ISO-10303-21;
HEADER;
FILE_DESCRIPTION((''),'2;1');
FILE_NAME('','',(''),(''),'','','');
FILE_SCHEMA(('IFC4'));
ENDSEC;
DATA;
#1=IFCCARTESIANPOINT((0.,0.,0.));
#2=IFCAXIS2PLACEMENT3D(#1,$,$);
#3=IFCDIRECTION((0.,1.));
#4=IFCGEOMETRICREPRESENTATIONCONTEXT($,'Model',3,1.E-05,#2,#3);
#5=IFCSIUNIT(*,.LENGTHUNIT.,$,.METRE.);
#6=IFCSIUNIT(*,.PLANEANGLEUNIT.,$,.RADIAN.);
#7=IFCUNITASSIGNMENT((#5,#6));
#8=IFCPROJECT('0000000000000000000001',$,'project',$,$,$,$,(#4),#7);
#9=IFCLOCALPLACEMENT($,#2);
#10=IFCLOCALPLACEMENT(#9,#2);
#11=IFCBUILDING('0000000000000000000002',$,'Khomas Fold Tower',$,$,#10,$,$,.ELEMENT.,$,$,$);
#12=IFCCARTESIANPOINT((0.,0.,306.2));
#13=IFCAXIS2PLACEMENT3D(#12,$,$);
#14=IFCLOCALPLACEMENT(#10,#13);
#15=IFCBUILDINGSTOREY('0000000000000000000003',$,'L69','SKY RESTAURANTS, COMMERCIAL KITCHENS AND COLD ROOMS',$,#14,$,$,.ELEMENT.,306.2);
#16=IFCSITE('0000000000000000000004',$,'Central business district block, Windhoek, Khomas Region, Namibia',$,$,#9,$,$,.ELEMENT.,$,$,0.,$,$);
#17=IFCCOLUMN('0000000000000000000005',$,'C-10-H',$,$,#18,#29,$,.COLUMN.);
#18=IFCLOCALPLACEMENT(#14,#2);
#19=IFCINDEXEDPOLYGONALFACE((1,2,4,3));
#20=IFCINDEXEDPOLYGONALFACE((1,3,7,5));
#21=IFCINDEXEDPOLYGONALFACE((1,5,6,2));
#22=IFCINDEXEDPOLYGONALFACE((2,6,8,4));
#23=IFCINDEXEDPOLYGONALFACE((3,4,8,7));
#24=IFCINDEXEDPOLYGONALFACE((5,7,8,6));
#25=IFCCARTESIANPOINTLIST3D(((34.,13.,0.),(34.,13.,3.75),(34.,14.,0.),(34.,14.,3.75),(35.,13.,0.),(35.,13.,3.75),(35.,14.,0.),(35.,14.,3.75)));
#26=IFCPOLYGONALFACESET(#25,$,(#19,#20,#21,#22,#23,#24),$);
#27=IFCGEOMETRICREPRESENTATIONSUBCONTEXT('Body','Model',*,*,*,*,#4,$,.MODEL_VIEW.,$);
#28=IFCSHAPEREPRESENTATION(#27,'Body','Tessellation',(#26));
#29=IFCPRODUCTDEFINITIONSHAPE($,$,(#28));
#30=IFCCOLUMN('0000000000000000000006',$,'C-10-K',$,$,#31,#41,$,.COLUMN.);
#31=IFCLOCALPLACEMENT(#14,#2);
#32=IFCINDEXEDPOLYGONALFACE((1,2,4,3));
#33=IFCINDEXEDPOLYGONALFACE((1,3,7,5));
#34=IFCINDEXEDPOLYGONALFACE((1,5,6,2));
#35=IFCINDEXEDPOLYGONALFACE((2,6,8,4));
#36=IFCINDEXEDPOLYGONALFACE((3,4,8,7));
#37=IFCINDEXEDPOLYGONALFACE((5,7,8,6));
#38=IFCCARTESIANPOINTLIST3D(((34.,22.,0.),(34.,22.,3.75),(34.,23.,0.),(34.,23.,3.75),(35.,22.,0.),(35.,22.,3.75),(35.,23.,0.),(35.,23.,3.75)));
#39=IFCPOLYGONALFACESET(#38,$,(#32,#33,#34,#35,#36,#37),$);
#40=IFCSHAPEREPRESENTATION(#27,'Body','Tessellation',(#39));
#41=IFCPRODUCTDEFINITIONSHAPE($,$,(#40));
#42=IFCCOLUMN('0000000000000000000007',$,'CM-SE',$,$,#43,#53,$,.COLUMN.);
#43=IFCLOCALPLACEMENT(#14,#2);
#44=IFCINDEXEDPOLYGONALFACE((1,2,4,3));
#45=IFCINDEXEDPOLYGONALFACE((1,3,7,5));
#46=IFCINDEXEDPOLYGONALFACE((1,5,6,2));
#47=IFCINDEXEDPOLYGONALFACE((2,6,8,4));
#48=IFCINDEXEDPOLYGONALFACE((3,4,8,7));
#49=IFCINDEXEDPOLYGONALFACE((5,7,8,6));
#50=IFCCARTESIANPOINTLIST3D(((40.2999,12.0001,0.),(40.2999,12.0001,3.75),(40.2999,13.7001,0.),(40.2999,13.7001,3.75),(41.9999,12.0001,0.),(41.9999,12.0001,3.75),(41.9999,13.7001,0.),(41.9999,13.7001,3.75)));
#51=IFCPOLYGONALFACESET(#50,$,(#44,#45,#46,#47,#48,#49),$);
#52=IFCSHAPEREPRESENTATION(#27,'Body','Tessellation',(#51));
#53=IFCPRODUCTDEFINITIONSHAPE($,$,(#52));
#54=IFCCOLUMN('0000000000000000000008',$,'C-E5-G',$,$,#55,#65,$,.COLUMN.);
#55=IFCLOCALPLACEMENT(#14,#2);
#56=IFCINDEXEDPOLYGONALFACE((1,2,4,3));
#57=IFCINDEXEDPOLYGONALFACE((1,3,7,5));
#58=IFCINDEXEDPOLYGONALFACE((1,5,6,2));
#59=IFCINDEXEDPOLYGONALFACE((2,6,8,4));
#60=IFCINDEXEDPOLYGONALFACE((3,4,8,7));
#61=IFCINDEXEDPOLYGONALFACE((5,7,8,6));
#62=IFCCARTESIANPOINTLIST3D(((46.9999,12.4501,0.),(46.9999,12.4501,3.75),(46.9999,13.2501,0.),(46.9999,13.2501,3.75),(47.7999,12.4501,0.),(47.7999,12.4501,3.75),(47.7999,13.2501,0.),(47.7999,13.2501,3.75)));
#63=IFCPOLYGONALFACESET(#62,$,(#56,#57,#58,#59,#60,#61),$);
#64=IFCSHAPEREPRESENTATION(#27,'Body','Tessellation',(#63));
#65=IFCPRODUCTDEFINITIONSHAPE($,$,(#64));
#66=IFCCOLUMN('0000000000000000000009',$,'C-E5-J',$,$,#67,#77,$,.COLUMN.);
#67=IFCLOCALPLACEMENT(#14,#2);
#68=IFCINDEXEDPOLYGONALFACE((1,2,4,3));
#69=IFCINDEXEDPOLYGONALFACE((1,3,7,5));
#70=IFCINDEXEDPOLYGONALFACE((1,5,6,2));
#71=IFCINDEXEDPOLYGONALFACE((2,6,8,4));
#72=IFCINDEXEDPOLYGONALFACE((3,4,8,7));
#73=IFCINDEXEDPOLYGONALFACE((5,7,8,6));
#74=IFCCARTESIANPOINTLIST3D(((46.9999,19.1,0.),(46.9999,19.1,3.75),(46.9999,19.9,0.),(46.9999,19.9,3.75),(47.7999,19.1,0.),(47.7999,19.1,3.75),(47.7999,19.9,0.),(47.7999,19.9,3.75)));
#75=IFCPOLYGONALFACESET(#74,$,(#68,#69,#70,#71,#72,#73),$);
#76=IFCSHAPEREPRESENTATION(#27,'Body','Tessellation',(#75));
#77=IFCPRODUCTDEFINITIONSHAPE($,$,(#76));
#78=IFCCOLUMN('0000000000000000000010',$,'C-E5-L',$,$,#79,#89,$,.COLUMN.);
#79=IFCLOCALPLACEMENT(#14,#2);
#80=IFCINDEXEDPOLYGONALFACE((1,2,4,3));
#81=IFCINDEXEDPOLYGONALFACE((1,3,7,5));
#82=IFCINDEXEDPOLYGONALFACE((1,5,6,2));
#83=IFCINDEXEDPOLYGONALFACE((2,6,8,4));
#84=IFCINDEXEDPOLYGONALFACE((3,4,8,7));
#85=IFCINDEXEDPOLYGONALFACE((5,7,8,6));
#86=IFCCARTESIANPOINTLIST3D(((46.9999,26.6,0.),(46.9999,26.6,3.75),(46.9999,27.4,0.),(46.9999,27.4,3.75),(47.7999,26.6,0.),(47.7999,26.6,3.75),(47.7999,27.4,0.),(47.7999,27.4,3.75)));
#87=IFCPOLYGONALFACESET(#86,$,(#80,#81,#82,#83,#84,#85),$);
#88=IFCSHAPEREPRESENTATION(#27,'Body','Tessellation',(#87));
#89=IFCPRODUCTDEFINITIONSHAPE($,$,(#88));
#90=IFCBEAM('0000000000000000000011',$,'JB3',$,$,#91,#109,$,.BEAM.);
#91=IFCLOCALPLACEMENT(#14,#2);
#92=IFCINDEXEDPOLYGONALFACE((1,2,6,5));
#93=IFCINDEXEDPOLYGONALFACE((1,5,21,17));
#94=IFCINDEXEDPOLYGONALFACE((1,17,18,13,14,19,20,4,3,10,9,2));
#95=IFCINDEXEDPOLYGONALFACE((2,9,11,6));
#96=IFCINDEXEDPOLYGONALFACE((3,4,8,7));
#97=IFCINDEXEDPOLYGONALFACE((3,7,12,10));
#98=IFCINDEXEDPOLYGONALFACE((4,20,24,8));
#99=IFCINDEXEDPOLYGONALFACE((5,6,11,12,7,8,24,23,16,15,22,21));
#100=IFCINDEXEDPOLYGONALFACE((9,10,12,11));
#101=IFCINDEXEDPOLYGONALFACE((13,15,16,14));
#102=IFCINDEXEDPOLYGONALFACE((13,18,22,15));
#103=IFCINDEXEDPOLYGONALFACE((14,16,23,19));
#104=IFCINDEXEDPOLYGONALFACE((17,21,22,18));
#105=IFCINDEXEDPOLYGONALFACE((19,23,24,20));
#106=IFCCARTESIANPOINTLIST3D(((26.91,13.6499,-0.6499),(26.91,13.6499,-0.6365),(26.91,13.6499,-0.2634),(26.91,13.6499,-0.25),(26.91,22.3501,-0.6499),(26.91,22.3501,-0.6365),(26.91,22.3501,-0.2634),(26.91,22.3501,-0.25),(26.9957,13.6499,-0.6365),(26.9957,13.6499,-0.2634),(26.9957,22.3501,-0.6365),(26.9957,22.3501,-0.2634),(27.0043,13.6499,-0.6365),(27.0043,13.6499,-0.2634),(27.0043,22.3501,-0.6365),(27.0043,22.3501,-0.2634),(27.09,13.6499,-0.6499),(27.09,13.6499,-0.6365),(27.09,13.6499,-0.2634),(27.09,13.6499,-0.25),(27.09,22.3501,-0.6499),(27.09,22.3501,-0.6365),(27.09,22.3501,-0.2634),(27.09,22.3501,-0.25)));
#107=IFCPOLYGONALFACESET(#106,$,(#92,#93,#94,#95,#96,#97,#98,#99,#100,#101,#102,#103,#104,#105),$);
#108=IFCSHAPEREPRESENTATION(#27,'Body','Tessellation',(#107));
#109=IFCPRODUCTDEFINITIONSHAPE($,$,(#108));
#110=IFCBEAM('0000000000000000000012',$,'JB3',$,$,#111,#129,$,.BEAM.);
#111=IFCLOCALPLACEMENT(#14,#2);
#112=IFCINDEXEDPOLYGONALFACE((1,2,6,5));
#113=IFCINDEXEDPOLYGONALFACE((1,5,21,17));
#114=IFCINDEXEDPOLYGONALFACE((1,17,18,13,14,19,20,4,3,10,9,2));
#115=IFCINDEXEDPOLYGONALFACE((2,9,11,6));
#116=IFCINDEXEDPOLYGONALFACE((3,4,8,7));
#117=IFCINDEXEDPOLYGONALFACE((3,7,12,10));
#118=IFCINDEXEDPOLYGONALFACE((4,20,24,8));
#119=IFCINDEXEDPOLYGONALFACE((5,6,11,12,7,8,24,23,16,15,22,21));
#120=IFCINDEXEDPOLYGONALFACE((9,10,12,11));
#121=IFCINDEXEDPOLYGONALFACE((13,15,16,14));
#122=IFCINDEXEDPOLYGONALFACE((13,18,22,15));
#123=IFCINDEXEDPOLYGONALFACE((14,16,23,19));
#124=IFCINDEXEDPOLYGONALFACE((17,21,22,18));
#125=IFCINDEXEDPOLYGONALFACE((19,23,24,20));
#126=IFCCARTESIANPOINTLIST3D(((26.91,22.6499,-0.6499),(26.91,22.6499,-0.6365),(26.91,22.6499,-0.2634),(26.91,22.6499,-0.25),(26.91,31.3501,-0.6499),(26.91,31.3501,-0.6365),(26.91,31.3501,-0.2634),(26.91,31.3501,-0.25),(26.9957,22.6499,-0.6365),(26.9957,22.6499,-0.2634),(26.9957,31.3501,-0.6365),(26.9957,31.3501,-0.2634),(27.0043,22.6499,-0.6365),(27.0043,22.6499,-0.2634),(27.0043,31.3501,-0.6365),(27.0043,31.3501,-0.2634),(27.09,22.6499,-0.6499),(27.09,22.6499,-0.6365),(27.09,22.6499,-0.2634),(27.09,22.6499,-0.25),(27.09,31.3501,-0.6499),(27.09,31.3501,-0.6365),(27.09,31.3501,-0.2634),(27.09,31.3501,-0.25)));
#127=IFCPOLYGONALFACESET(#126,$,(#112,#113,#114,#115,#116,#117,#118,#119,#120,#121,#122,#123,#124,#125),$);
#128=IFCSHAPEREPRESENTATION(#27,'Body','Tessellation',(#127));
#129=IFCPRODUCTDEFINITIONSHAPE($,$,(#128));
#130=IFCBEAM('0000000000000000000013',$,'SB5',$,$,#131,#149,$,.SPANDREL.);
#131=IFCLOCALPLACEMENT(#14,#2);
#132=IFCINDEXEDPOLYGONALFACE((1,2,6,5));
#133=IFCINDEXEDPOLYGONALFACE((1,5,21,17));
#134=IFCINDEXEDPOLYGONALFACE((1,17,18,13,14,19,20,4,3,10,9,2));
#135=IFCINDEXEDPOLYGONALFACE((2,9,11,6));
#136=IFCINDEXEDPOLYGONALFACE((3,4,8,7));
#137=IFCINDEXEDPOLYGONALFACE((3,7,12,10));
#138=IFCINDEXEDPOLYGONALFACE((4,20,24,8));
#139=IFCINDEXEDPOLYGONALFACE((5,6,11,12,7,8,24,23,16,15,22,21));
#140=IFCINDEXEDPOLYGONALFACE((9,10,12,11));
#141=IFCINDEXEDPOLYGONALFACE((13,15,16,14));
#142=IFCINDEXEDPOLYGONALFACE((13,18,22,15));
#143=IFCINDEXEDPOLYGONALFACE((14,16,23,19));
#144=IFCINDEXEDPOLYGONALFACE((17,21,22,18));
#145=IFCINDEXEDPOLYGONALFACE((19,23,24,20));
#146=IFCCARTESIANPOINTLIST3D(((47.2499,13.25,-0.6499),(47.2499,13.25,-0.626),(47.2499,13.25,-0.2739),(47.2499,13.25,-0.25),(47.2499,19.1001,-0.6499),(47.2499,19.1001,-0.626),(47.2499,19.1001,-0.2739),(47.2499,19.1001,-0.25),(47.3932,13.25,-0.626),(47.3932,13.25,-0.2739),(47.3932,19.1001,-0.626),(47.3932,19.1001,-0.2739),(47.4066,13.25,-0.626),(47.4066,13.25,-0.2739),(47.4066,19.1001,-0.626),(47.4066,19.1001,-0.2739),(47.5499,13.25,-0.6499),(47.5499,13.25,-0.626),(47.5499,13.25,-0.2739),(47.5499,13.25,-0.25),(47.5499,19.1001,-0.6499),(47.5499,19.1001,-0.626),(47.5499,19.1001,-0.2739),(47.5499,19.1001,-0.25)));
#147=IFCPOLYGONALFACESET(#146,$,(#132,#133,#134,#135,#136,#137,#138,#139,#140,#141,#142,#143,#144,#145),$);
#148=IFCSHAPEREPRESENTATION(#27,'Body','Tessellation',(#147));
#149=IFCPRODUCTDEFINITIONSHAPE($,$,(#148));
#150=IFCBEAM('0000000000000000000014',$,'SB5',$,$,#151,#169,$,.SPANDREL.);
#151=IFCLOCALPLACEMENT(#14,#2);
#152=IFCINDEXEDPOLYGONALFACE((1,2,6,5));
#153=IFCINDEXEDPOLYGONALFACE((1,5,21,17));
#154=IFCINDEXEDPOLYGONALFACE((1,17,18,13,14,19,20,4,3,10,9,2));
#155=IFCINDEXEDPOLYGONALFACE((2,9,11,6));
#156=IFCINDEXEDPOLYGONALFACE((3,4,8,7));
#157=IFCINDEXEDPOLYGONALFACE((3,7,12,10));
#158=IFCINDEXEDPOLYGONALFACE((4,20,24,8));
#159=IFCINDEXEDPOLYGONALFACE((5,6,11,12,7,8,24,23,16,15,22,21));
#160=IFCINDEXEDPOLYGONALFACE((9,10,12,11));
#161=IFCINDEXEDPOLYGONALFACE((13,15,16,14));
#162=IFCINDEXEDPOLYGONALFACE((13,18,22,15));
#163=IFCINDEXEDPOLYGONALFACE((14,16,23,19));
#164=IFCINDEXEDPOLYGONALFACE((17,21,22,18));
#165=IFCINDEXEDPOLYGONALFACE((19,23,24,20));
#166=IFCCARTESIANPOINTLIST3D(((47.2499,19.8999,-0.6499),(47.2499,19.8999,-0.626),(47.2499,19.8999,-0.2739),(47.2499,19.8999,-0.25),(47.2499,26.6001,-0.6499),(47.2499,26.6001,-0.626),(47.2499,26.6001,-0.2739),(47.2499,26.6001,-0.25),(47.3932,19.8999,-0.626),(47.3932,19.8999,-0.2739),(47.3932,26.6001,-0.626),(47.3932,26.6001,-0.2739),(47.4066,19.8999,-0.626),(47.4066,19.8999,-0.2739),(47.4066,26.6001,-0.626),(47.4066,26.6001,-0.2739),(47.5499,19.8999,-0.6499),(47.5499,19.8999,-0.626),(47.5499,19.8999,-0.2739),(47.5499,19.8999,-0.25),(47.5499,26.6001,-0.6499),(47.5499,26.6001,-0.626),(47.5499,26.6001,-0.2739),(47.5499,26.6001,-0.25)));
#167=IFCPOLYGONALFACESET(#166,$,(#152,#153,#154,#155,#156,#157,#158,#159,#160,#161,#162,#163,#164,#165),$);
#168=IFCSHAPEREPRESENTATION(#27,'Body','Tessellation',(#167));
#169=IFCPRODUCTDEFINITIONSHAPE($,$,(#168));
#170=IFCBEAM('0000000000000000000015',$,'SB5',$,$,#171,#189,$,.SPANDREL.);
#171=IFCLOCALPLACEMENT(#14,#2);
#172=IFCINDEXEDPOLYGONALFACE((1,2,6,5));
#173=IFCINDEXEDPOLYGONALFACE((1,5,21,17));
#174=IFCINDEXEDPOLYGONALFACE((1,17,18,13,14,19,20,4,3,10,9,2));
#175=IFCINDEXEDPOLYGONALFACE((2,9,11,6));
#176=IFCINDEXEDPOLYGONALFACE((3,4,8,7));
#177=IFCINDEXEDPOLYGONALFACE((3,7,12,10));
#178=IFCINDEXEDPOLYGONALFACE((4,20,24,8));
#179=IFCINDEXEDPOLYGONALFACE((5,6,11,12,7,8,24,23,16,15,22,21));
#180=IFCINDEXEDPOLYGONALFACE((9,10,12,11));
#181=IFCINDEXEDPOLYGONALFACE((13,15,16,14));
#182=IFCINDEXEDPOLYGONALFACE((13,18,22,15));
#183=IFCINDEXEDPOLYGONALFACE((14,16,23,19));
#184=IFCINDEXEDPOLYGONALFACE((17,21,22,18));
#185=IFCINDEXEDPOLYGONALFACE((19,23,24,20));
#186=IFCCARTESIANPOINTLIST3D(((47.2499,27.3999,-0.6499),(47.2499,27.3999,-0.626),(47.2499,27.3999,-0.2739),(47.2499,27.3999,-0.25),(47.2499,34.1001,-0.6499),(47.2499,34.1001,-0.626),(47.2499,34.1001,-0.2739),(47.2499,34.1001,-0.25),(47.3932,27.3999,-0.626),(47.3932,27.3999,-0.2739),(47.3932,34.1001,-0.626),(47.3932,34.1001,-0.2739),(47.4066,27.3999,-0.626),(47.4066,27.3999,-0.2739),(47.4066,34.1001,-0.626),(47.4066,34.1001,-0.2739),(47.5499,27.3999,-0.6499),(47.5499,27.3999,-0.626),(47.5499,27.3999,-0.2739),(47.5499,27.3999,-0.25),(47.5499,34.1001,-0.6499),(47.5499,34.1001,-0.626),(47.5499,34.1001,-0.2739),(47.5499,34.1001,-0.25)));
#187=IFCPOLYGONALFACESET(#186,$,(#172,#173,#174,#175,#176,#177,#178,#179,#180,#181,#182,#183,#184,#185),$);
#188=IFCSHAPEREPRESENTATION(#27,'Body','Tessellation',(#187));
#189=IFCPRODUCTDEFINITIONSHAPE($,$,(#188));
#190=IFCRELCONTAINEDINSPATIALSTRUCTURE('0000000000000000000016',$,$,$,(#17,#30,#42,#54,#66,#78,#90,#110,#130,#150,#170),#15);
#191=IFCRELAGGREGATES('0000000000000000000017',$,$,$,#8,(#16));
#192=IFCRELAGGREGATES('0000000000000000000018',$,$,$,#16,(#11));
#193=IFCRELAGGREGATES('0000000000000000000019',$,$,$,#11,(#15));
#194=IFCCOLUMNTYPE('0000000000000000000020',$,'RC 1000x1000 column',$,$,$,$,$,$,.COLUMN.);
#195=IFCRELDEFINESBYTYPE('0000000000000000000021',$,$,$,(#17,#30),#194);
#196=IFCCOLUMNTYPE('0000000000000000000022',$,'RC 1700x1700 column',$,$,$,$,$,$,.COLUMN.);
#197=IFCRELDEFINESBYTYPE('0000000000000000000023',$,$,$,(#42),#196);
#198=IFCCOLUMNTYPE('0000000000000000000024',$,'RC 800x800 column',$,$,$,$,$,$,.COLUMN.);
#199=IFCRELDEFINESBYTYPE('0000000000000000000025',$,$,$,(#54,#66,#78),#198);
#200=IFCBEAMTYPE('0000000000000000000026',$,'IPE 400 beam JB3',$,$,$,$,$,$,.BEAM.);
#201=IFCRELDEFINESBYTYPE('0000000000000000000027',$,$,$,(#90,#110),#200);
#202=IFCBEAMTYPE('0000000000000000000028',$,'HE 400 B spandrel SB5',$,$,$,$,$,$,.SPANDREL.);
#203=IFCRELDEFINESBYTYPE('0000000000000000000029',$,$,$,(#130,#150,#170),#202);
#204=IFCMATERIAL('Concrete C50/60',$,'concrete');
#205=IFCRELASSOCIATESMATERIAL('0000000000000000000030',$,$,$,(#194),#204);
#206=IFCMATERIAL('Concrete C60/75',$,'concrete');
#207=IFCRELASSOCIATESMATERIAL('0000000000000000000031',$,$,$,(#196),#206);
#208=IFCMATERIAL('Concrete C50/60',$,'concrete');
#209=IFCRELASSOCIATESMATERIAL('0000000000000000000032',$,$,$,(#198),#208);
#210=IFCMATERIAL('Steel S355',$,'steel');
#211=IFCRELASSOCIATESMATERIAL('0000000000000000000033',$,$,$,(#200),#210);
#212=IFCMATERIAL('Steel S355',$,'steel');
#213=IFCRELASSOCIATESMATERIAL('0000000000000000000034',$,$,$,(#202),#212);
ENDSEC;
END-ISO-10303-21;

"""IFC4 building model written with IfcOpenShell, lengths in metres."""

from ifc_helpers import new_model, si_unit, direction, frame, origin, origin_2d, place, context, subcontext, project, spatial, rectangle, i_section, extrude, source, transform, mapped, material, material_profile, profile_set, type_object, element, save


model = new_model("IFC4")

# Units and contexts
model_context = context("Model", 3, precision=1e-05, world=origin(), true_north=direction((0.0, 1.0)))
body_context = subcontext(model_context, "Body", "Model", "MODEL_VIEW")
ifc_project = project(units=[si_unit("LENGTHUNIT", "METRE"), si_unit("PLANEANGLEUNIT", "RADIAN")], contexts=[model_context])

# Site, building, storey
site_placement = place(None, origin())
site = spatial("IfcSite", under=ifc_project, at=site_placement, Name="Central business district block, Windhoek, Khomas Region, Namibia", CompositionType="ELEMENT", RefElevation=0.0)
building_placement = place(site_placement, origin())
building = spatial("IfcBuilding", under=site, at=building_placement, Name="Khomas Fold Tower", CompositionType="ELEMENT")
storey_placement = place(building_placement, frame((0.0, 0.0, 306.2)))
storey = spatial("IfcBuildingStorey", under=building, at=storey_placement, Name="L69", Description="SKY RESTAURANTS, COMMERCIAL KITCHENS AND COLD ROOMS", CompositionType="ELEMENT", Elevation=306.2)

# Columns
ifc_material_1 = material(Name="Concrete C50/60", Category="concrete")
ifc_material_profile_1 = material_profile(ifc_material_1, rectangle(XDim=1.0, YDim=1.0, at=origin_2d()), Name="RC 1000x1000")
ifc_profile_set_1 = profile_set([ifc_material_profile_1], Name="Concrete C50/60")
column_type_1 = type_object("IfcColumnType", Name="RC 1000x1000 column", PredefinedType="COLUMN", material=ifc_profile_set_1)
shared_shape_1 = source(origin(), body_context, "Body", "SweptSolid", [
    extrude(rectangle(XDim=1.0, YDim=1.0, at=origin_2d()), origin(), (0.0, 0.0, 1.0), 3.75),
])
for number, where, z_axis, x_axis, name in (
    (1, (34.5, 13.5, 0.0), (0.0, 0.0, 1.0), (1.0, 0.0, 0.0), "C-10-H"),
    (2, (34.5, 22.5, 0.0), (0.0, 0.0, 1.0), (1.0, 0.0, 0.0), "C-10-K"),
):
    element("IfcColumn", number, at=place(storey_placement, frame(where, z_axis=z_axis, x_axis=x_axis)), inside=storey, type_object=column_type_1, Name=name, PredefinedType="COLUMN", context=body_context, shape_type="MappedRepresentation", body=[
        mapped(shared_shape_1, transform((0.0, 0.0, 0.0))),
    ])
ifc_material_2 = material(Name="Concrete C60/75", Category="concrete")
ifc_material_profile_2 = material_profile(ifc_material_2, rectangle(XDim=1.7, YDim=1.7, at=origin_2d()), Name="RC 1700x1700")
ifc_profile_set_2 = profile_set([ifc_material_profile_2], Name="Concrete C60/75")
column_type_2 = type_object("IfcColumnType", Name="RC 1700x1700 column", PredefinedType="COLUMN", material=ifc_profile_set_2)
shared_shape_2 = source(origin(), body_context, "Body", "SweptSolid", [
    extrude(rectangle(XDim=1.7, YDim=1.7, at=origin_2d()), origin(), (0.0, 0.0, 1.0), 3.75),
])
column_placement = place(storey_placement, frame((41.1499, 12.8501, 0.0), z_axis=(0.0, 0.0, 1.0), x_axis=(1.0, 0.0, 0.0)))
element("IfcColumn", 3, at=column_placement, inside=storey, type_object=column_type_2, Name="CM-SE", PredefinedType="COLUMN", context=body_context, shape_type="MappedRepresentation", body=[
    mapped(shared_shape_2, transform((0.0, 0.0, 0.0))),
])
ifc_material_3 = material(Name="Concrete C50/60", Category="concrete")
ifc_material_profile_3 = material_profile(ifc_material_3, rectangle(XDim=0.8, YDim=0.8, at=origin_2d()), Name="RC 800x800")
ifc_profile_set_3 = profile_set([ifc_material_profile_3], Name="Concrete C50/60")
column_type_3 = type_object("IfcColumnType", Name="RC 800x800 column", PredefinedType="COLUMN", material=ifc_profile_set_3)
shared_shape_3 = source(origin(), body_context, "Body", "SweptSolid", [
    extrude(rectangle(XDim=0.8, YDim=0.8, at=origin_2d()), origin(), (0.0, 0.0, 1.0), 3.75),
])
for number, where, z_axis, x_axis, name in (
    (4, (47.3999, 12.8501, 0.0), (0.0, 0.0, 1.0), (1.0, 0.0, 0.0), "C-E5-G"),
    (5, (47.3999, 19.5, 0.0), (0.0, 0.0, 1.0), (1.0, 0.0, 0.0), "C-E5-J"),
    (6, (47.3999, 27.0, 0.0), (0.0, 0.0, 1.0), (1.0, 0.0, 0.0), "C-E5-L"),
):
    element("IfcColumn", number, at=place(storey_placement, frame(where, z_axis=z_axis, x_axis=x_axis)), inside=storey, type_object=column_type_3, Name=name, PredefinedType="COLUMN", context=body_context, shape_type="MappedRepresentation", body=[
        mapped(shared_shape_3, transform((0.0, 0.0, 0.0))),
    ])

# Beams
ifc_material_4 = material(Name="Steel S355", Category="steel")
ifc_material_profile_4 = material_profile(ifc_material_4, i_section(OverallWidth=0.1799, OverallDepth=0.3999, WebThickness=0.0085, FlangeThickness=0.0134, at=origin_2d()), Name="IPE 400")
ifc_profile_set_4 = profile_set([ifc_material_profile_4], Name="Steel S355")
beam_type_1 = type_object("IfcBeamType", Name="IPE 400 beam JB3", PredefinedType="BEAM", material=ifc_profile_set_4)
shared_shape_4 = source(origin(), body_context, "Body", "SweptSolid", [
    extrude(i_section(OverallWidth=0.1799, OverallDepth=0.3999, WebThickness=0.0085, FlangeThickness=0.0134, at=origin_2d()), origin(), (0.0, 0.0, 1.0), 8.7002),
])
for number, where, z_axis, x_axis, name in (
    (7, (27.0, 13.6499, -0.45), (0.0, 1.0, 0.0), (-1.0, 0.0, 0.0), "JB3"),
    (8, (27.0, 22.6499, -0.45), (0.0, 1.0, 0.0), (-1.0, 0.0, 0.0), "JB3"),
):
    element("IfcBeam", number, at=place(storey_placement, frame(where, z_axis=z_axis, x_axis=x_axis)), inside=storey, type_object=beam_type_1, Name=name, PredefinedType="BEAM", context=body_context, shape_type="MappedRepresentation", body=[
        mapped(shared_shape_4, transform((0.0, 0.0, 0.0))),
    ])
ifc_material_5 = material(Name="Steel S355", Category="steel")
ifc_material_profile_5 = material_profile(ifc_material_5, i_section(OverallWidth=0.3, OverallDepth=0.3999, WebThickness=0.0134, FlangeThickness=0.0239, at=origin_2d()), Name="HE 400 B")
ifc_profile_set_5 = profile_set([ifc_material_profile_5], Name="Steel S355")
beam_type_2 = type_object("IfcBeamType", Name="HE 400 B spandrel SB5", PredefinedType="SPANDREL", material=ifc_profile_set_5)
shared_shape_5 = source(origin(), body_context, "Body", "SweptSolid", [
    extrude(i_section(OverallWidth=0.3, OverallDepth=0.3999, WebThickness=0.0134, FlangeThickness=0.0239, at=origin_2d()), origin(), (0.0, 0.0, 1.0), 5.8501),
])
beam_1_placement = place(storey_placement, frame((47.3999, 13.25, -0.45), z_axis=(0.0, 1.0, 0.0), x_axis=(-1.0, 0.0, 0.0)))
element("IfcBeam", 9, at=beam_1_placement, inside=storey, type_object=beam_type_2, Name="SB5", PredefinedType="SPANDREL", context=body_context, shape_type="MappedRepresentation", body=[
    mapped(shared_shape_5, transform((0.0, 0.0, 0.0))),
])
shared_shape_6 = source(origin(), body_context, "Body", "SweptSolid", [
    extrude(i_section(OverallWidth=0.3, OverallDepth=0.3999, WebThickness=0.0134, FlangeThickness=0.0239, at=origin_2d()), origin(), (0.0, 0.0, 1.0), 6.7002),
])
for number, where, z_axis, x_axis, name in (
    (10, (47.3999, 19.8999, -0.45), (0.0, 1.0, 0.0), (-1.0, 0.0, 0.0), "SB5"),
    (11, (47.3999, 27.3999, -0.45), (0.0, 1.0, 0.0), (-1.0, 0.0, 0.0), "SB5"),
):
    element("IfcBeam", number, at=place(storey_placement, frame(where, z_axis=z_axis, x_axis=x_axis)), inside=storey, type_object=beam_type_2, Name=name, PredefinedType="SPANDREL", context=body_context, shape_type="MappedRepresentation", body=[
        mapped(shared_shape_6, transform((0.0, 0.0, 0.0))),
    ])

save(model, "model.ifc")
